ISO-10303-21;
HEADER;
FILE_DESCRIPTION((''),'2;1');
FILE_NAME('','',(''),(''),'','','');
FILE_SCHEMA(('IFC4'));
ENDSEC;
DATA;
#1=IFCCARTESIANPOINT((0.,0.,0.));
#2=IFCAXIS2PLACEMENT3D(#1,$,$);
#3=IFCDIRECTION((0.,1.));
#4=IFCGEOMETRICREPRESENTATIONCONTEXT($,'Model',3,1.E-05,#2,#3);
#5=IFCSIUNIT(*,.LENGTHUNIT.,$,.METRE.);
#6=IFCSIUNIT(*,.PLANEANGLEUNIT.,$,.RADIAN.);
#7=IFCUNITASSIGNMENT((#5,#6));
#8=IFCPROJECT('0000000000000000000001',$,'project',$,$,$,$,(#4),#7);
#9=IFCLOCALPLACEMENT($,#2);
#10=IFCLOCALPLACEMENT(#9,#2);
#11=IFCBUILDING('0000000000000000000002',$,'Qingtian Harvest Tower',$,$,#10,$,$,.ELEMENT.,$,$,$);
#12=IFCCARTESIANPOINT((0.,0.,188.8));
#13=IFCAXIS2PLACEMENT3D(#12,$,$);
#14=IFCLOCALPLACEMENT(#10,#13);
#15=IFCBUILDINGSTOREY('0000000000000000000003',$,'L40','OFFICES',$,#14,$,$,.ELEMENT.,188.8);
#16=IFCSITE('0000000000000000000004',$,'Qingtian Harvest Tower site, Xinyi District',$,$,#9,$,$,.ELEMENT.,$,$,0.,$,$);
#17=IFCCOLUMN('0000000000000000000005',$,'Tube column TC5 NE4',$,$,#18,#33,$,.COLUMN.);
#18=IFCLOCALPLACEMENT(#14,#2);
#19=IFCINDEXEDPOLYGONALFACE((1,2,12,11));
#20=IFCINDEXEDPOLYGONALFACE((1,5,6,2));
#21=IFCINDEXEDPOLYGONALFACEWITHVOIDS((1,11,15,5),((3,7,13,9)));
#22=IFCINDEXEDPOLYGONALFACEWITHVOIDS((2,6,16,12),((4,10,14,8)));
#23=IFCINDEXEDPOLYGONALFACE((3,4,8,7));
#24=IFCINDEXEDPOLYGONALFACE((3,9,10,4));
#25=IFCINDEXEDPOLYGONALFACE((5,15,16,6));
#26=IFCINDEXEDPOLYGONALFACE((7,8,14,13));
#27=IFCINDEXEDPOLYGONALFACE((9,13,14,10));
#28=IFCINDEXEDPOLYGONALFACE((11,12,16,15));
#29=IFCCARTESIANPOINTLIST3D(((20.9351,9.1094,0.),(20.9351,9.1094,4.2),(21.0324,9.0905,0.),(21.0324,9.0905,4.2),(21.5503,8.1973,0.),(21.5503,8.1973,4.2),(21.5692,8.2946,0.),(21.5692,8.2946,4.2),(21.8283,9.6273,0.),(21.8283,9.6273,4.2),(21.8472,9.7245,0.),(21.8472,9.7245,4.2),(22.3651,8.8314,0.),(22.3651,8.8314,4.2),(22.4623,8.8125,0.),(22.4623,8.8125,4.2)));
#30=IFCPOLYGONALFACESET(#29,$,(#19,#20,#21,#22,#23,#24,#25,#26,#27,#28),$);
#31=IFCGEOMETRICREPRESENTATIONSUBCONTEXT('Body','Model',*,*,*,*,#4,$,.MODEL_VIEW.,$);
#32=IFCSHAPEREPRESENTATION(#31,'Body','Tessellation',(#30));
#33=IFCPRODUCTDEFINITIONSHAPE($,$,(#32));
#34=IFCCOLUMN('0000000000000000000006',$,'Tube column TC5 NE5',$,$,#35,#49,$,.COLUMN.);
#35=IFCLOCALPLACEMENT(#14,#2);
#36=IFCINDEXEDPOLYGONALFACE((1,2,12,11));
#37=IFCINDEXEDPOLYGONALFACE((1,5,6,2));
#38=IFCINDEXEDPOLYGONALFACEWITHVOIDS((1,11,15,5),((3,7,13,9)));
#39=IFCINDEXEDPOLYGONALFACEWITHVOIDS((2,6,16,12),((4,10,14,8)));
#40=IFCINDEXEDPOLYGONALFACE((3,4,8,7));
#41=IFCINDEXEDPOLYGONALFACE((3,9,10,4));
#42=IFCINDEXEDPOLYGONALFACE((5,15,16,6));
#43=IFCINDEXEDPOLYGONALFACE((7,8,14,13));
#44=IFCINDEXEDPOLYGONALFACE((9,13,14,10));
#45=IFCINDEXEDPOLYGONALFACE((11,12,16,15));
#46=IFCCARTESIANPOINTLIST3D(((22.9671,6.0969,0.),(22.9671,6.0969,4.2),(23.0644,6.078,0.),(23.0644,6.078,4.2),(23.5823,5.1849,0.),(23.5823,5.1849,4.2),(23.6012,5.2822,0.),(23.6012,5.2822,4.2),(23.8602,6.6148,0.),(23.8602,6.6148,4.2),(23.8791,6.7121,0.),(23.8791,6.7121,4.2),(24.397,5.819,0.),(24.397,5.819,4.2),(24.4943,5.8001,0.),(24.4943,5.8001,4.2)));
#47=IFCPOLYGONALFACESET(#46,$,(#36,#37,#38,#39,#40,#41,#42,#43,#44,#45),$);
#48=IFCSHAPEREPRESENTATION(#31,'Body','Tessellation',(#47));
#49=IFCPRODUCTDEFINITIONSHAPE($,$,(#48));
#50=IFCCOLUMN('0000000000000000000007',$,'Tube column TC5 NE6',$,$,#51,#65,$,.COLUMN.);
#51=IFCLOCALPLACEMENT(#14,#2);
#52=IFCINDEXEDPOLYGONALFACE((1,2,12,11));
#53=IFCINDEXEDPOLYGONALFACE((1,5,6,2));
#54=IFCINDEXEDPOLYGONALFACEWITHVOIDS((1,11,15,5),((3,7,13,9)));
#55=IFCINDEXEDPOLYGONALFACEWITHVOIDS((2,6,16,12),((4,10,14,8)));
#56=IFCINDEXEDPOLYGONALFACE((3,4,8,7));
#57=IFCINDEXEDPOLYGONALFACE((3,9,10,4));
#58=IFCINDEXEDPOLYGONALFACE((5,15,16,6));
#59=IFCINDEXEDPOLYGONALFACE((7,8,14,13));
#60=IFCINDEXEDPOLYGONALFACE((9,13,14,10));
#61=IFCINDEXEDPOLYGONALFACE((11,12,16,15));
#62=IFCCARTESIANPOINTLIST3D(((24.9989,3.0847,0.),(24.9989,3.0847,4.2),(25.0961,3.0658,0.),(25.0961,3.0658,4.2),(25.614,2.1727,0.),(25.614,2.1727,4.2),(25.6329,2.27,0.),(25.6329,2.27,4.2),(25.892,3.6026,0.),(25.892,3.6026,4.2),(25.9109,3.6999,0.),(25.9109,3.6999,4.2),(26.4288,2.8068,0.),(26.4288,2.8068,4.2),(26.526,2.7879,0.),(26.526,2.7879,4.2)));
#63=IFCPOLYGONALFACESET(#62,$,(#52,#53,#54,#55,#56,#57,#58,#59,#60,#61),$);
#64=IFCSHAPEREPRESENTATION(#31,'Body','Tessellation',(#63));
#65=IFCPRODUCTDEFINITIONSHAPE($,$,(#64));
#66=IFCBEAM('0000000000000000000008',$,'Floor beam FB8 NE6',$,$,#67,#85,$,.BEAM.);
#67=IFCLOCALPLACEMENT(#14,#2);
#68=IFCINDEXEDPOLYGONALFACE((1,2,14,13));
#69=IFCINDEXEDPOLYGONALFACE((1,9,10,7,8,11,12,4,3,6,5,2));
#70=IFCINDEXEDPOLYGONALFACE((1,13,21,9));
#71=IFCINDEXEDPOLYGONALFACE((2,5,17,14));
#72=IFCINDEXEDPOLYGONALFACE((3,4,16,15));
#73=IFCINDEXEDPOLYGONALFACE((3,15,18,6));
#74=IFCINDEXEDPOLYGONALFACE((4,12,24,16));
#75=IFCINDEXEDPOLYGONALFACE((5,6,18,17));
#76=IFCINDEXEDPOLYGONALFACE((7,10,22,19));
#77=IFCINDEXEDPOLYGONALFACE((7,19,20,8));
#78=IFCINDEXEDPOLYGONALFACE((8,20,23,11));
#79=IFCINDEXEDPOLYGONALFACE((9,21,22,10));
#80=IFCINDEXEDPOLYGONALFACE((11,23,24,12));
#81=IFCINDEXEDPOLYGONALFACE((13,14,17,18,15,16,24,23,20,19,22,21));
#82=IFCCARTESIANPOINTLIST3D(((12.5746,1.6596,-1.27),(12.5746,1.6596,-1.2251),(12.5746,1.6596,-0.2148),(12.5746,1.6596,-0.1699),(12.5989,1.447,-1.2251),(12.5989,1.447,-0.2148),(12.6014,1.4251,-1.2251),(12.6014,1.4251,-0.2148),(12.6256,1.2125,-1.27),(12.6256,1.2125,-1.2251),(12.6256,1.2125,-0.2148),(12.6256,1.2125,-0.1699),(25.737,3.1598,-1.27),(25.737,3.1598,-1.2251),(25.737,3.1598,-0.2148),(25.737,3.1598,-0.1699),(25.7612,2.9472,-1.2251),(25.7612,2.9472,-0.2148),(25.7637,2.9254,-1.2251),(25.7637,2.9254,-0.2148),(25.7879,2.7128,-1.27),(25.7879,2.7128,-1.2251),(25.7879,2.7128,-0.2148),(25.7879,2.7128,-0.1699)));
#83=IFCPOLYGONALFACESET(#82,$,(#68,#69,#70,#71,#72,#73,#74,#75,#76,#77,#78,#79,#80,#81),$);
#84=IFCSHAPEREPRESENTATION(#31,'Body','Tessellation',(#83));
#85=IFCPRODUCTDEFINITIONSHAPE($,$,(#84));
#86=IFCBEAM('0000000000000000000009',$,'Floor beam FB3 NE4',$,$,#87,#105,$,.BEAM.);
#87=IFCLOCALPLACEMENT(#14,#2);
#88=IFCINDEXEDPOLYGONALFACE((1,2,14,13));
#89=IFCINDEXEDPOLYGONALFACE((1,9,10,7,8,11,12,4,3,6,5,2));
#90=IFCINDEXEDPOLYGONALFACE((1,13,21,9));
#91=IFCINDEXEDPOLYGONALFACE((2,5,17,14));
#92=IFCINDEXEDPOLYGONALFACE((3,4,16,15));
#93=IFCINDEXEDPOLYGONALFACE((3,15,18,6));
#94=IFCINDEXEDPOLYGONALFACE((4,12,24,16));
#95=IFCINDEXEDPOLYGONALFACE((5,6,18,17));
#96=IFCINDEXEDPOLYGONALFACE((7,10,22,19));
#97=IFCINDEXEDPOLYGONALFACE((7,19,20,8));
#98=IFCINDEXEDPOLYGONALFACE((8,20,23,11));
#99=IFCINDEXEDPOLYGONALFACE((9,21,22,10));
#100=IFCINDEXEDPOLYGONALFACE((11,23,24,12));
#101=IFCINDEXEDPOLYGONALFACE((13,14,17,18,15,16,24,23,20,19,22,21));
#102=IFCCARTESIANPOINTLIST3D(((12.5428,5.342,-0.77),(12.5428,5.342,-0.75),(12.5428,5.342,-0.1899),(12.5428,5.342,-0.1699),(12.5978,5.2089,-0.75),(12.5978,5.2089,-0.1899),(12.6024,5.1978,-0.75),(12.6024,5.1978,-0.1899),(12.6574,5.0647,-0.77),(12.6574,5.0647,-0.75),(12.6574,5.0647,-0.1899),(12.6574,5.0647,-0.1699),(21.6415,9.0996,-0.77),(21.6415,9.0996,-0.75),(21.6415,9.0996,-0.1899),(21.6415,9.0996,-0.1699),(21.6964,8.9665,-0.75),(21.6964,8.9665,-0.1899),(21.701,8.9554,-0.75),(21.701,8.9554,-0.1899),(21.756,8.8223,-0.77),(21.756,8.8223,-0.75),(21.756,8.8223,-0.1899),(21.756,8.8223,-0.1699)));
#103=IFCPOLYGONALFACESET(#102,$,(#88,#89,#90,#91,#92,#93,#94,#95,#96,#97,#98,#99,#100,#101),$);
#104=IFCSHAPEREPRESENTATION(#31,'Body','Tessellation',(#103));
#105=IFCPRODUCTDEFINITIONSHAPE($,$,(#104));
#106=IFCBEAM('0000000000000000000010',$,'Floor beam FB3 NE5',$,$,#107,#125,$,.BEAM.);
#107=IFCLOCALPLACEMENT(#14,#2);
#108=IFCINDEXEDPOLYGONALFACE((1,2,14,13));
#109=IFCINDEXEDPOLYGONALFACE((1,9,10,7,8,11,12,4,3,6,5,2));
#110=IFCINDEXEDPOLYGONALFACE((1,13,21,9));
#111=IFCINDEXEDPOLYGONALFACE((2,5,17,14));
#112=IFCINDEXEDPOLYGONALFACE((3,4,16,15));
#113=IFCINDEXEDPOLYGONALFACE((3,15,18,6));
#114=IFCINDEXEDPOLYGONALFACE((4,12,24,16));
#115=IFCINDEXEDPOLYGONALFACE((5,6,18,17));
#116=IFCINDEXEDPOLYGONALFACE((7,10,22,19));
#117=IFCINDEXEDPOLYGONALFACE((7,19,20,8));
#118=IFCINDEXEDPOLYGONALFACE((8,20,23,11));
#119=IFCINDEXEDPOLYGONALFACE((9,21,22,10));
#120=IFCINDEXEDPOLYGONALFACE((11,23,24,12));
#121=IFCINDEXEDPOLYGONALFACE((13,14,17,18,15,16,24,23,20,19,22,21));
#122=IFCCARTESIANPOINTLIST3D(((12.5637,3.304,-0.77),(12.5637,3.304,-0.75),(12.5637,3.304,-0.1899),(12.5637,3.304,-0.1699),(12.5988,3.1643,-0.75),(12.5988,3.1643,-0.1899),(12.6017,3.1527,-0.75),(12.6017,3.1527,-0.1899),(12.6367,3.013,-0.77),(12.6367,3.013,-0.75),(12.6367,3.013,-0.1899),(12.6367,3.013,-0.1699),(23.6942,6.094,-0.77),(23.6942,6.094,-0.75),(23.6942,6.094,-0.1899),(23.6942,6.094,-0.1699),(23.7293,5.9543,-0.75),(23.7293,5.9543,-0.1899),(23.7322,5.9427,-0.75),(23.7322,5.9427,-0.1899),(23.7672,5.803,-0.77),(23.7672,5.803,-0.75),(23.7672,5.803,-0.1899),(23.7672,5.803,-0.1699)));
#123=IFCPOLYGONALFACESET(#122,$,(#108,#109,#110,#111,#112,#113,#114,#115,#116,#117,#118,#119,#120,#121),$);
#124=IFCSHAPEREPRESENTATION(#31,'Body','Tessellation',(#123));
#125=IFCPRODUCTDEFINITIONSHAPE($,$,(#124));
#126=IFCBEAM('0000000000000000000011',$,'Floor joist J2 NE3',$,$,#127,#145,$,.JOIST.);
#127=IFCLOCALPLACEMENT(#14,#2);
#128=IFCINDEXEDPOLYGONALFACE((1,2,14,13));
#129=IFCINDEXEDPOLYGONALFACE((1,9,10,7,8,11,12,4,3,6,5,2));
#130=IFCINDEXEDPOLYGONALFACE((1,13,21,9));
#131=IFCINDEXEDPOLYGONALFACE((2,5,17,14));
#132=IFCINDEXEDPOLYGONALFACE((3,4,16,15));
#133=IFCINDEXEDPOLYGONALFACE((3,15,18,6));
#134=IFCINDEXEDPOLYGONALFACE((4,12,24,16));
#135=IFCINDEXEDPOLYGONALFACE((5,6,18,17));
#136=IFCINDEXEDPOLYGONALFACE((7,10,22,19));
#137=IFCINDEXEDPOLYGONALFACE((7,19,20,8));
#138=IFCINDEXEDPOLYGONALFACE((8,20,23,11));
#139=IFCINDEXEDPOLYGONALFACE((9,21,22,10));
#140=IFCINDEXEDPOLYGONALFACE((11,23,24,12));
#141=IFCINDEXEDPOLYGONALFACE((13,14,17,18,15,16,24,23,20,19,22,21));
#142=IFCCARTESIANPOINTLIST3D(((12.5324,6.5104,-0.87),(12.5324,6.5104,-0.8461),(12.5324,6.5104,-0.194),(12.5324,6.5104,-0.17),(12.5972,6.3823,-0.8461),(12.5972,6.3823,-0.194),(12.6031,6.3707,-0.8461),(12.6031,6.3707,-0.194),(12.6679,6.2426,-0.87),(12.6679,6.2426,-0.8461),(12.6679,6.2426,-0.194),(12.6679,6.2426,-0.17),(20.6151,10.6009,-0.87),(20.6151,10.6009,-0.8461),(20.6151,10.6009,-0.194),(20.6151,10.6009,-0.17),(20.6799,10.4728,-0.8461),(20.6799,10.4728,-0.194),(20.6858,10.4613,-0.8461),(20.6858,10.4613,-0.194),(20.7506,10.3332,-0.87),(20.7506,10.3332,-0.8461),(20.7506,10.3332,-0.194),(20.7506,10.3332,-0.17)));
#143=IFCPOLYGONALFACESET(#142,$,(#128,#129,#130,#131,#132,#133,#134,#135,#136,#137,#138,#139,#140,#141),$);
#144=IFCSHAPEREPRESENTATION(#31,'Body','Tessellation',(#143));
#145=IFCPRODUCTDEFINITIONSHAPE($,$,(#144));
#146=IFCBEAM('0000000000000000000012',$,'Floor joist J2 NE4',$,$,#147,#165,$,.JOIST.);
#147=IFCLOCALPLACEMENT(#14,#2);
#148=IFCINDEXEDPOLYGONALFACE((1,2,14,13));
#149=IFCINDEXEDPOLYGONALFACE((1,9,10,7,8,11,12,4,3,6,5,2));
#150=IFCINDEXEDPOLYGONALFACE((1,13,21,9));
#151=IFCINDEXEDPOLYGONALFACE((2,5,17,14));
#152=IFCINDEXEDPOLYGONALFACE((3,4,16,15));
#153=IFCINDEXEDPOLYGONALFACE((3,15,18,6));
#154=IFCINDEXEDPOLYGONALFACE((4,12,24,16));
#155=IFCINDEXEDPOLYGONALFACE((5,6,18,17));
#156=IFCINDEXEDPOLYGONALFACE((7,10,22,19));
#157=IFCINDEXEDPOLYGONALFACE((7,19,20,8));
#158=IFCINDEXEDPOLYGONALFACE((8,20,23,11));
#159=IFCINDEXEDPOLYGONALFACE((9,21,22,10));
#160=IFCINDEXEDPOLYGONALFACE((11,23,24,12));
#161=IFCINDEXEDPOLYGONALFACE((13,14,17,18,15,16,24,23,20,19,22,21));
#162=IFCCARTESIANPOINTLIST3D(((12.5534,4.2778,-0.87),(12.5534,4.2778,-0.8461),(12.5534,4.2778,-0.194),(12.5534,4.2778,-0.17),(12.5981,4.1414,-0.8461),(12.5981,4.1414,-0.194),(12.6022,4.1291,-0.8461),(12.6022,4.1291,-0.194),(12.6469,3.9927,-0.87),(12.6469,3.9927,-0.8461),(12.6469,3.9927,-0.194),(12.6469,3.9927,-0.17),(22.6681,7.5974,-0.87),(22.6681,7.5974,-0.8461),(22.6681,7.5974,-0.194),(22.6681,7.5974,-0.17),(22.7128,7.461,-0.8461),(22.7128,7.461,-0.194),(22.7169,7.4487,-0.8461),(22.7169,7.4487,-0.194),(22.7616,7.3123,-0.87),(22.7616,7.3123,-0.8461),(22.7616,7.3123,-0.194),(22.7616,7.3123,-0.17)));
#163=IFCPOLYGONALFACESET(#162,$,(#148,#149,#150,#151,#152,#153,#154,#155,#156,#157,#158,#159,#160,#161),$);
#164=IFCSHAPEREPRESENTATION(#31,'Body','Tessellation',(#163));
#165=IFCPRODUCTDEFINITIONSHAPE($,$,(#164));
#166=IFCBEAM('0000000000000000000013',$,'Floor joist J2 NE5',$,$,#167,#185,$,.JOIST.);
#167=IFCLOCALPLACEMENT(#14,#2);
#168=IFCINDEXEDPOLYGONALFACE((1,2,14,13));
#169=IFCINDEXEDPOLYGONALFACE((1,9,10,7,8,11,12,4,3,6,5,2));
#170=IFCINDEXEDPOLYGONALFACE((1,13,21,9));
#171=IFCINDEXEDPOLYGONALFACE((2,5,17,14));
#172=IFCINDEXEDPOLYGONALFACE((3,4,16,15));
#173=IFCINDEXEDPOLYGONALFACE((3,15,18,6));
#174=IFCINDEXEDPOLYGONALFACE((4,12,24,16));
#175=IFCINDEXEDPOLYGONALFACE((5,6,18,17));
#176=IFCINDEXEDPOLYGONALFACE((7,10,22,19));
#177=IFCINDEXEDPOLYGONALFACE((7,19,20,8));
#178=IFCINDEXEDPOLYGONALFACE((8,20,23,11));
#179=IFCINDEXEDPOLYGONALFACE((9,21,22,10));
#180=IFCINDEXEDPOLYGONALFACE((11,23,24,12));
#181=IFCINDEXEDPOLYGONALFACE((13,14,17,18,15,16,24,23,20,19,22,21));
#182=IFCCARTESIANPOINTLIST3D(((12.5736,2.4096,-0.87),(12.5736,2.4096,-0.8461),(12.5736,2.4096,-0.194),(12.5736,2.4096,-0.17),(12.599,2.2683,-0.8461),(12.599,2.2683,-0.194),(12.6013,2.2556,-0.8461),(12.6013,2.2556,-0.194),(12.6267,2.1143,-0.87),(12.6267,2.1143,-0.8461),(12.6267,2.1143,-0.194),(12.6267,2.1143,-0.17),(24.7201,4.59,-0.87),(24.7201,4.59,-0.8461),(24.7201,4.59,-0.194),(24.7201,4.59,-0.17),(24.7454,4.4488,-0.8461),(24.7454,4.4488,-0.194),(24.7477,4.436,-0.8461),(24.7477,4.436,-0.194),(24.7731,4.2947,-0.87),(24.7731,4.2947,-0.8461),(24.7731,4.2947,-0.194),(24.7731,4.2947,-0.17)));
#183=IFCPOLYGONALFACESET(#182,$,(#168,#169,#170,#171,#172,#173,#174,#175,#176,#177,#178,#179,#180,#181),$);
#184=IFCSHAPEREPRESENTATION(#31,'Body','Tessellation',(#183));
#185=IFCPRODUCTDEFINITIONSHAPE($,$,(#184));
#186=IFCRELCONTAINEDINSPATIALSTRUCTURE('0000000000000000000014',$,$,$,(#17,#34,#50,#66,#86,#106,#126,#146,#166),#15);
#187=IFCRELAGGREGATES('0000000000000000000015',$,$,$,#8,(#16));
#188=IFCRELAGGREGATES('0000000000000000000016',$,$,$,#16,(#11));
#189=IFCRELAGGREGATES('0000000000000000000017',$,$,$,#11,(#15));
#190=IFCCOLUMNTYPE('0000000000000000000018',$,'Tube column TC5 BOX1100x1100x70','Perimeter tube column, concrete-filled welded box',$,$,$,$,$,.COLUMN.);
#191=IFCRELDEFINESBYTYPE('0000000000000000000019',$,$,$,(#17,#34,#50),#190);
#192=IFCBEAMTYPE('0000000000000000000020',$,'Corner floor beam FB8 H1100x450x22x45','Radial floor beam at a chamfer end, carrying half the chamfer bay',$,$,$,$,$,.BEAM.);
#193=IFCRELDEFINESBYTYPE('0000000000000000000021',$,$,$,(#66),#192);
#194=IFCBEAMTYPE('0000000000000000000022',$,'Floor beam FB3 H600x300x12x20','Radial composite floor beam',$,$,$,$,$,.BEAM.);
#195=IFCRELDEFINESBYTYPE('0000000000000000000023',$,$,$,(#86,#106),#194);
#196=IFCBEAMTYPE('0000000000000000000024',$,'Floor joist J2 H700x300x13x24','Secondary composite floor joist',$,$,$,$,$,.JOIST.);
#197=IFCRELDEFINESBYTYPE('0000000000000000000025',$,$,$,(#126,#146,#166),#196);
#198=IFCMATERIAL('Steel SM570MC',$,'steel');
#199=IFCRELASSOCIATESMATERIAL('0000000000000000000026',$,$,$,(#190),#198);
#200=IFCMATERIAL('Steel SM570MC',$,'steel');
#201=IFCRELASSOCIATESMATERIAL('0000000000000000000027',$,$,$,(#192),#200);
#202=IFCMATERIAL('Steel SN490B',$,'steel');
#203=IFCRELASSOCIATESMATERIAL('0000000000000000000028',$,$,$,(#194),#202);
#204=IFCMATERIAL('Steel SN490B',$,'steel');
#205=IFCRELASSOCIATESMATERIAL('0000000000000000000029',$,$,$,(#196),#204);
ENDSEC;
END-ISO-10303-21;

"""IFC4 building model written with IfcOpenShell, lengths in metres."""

from ifc_helpers import new_model, si_unit, direction, frame, origin, origin_2d, place, context, subcontext, project, spatial, hollow_rectangle, i_section, extrude, material, material_profile, profile_set, type_object, element, save


model = new_model("IFC4")

# Units and contexts
model_context = context("Model", 3, precision=1e-05, world=origin(), true_north=direction((0.0, 1.0)))
body_context = subcontext(model_context, "Body", "Model", "MODEL_VIEW")
ifc_project = project(units=[si_unit("LENGTHUNIT", "METRE"), si_unit("PLANEANGLEUNIT", "RADIAN")], contexts=[model_context])

# Site, building, storey
site_placement = place(None, origin())
site = spatial("IfcSite", under=ifc_project, at=site_placement, Name="Qingtian Harvest Tower site, Xinyi District", CompositionType="ELEMENT", RefElevation=0.0)
building_placement = place(site_placement, origin())
building = spatial("IfcBuilding", under=site, at=building_placement, Name="Qingtian Harvest Tower", CompositionType="ELEMENT")
storey_placement = place(building_placement, frame((0.0, 0.0, 188.8)))
storey = spatial("IfcBuildingStorey", under=building, at=storey_placement, Name="L40", Description="OFFICES", CompositionType="ELEMENT", Elevation=188.8)

# Columns
ifc_material_1 = material(Name="Steel SM570MC", Category="steel")
ifc_material_profile_1 = material_profile(ifc_material_1, hollow_rectangle(XDim=1.1001, YDim=1.1001, WallThickness=0.0701, at=origin_2d()), Name="BOX1100x1100x70")
ifc_profile_set_1 = profile_set([ifc_material_profile_1], Name="Steel SM570MC")
column_type = type_object("IfcColumnType", Name="Tube column TC5 BOX1100x1100x70", Description="Perimeter tube column, concrete-filled welded box", PredefinedType="COLUMN", material=ifc_profile_set_1)
for number, where, z_axis, x_axis, name in (
    (1, (21.6987, 8.9609, 0.0), (0.0, 0.0, 1.0), (-0.559193, 0.829038, 0.0), "Tube column TC5 NE4"),
    (2, (23.7307, 5.9485, 0.0), (0.0, 0.0, 1.0), (-0.559193, 0.829038, 0.0), "Tube column TC5 NE5"),
    (3, (25.7625, 2.9363, 0.0), (0.0, 0.0, 1.0), (-0.559193, 0.829038, 0.0), "Tube column TC5 NE6"),
):
    element("IfcColumn", number, at=place(storey_placement, frame(where, z_axis=z_axis, x_axis=x_axis)), inside=storey, type_object=column_type, Name=name, PredefinedType="COLUMN", context=body_context, shape_type="SweptSolid", body=[
        extrude(hollow_rectangle(XDim=1.1001, YDim=1.1001, WallThickness=0.0701, at=origin_2d()), origin(), (0.0, 0.0, 1.0), 4.2),
    ])

# Beams
ifc_material_2 = material(Name="Steel SM570MC", Category="steel")
ifc_material_profile_2 = material_profile(ifc_material_2, i_section(OverallWidth=0.45, OverallDepth=1.1001, WebThickness=0.022, FlangeThickness=0.0449, at=origin_2d()), Name="H1100x450x22x45")
ifc_profile_set_2 = profile_set([ifc_material_profile_2], Name="Steel SM570MC")
beam_type_1 = type_object("IfcBeamType", Name="Corner floor beam FB8 H1100x450x22x45", Description="Radial floor beam at a chamfer end, carrying half the chamfer bay", PredefinedType="BEAM", material=ifc_profile_set_2)
beam_1_placement = place(storey_placement, frame((25.7625, 2.9363, -0.72), z_axis=(-0.993567, -0.113247, 0.0), x_axis=(0.113247, -0.993567, 0.0)))
element("IfcBeam", 4, at=beam_1_placement, inside=storey, type_object=beam_type_1, Name="Floor beam FB8 NE6", PredefinedType="BEAM", context=body_context, shape_type="SweptSolid", body=[
    extrude(i_section(OverallWidth=0.45, OverallDepth=1.1001, WebThickness=0.022, FlangeThickness=0.0449, at=origin_2d()), origin(), (0.0, 0.0, 1.0), 13.2476),
])
ifc_material_3 = material(Name="Steel SN490B", Category="steel")
ifc_material_profile_3 = material_profile(ifc_material_3, i_section(OverallWidth=0.3, OverallDepth=0.6001, WebThickness=0.012, FlangeThickness=0.02, at=origin_2d()), Name="H600x300x12x20")
ifc_profile_set_3 = profile_set([ifc_material_profile_3], Name="Steel SN490B")
beam_type_2 = type_object("IfcBeamType", Name="Floor beam FB3 H600x300x12x20", Description="Radial composite floor beam", PredefinedType="BEAM", material=ifc_profile_set_3)
beam_2_placement = place(storey_placement, frame((21.6987, 8.9609, -0.47), z_axis=(-0.924282, -0.381711, 0.0), x_axis=(0.381711, -0.924282, 0.0)))
element("IfcBeam", 5, at=beam_2_placement, inside=storey, type_object=beam_type_2, Name="Floor beam FB3 NE4", PredefinedType="BEAM", context=body_context, shape_type="SweptSolid", body=[
    extrude(i_section(OverallWidth=0.3, OverallDepth=0.6001, WebThickness=0.012, FlangeThickness=0.02, at=origin_2d()), origin(), (0.0, 0.0, 1.0), 9.844),
])
beam_3_placement = place(storey_placement, frame((23.7307, 5.9485, -0.47), z_axis=(-0.969991, -0.243141, 0.0), x_axis=(0.243141, -0.969991, 0.0)))
element("IfcBeam", 6, at=beam_3_placement, inside=storey, type_object=beam_type_2, Name="Floor beam FB3 NE5", PredefinedType="BEAM", context=body_context, shape_type="SweptSolid", body=[
    extrude(i_section(OverallWidth=0.3, OverallDepth=0.6001, WebThickness=0.012, FlangeThickness=0.02, at=origin_2d()), origin(), (0.0, 0.0, 1.0), 11.4749),
])
ifc_material_4 = material(Name="Steel SN490B", Category="steel")
ifc_material_profile_4 = material_profile(ifc_material_4, i_section(OverallWidth=0.3, OverallDepth=0.7, WebThickness=0.0129, FlangeThickness=0.0239, at=origin_2d()), Name="H700x300x13x24")
ifc_profile_set_4 = profile_set([ifc_material_profile_4], Name="Steel SN490B")
beam_type_3 = type_object("IfcBeamType", Name="Floor joist J2 H700x300x13x24", Description="Secondary composite floor joist", PredefinedType="JOIST", material=ifc_profile_set_4)
beam_4_placement = place(storey_placement, frame((20.6829, 10.467, -0.52), z_axis=(-0.892244, -0.451553, 0.0), x_axis=(0.451553, -0.892244, 0.0)))
element("IfcBeam", 7, at=beam_4_placement, inside=storey, type_object=beam_type_3, Name="Floor joist J2 NE3", PredefinedType="JOIST", context=body_context, shape_type="SweptSolid", body=[
    extrude(i_section(OverallWidth=0.3, OverallDepth=0.7, WebThickness=0.0129, FlangeThickness=0.0239, at=origin_2d()), origin(), (0.0, 0.0, 1.0), 9.0588),
])
beam_5_placement = place(storey_placement, frame((22.7148, 7.4548, -0.52), z_axis=(-0.950139, -0.311828, 0.0), x_axis=(0.311828, -0.950139, 0.0)))
element("IfcBeam", 8, at=beam_5_placement, inside=storey, type_object=beam_type_3, Name="Floor joist J2 NE4", PredefinedType="JOIST", context=body_context, shape_type="SweptSolid", body=[
    extrude(i_section(OverallWidth=0.3, OverallDepth=0.7, WebThickness=0.0129, FlangeThickness=0.0239, at=origin_2d()), origin(), (0.0, 0.0, 1.0), 10.6455),
])
beam_6_placement = place(storey_placement, frame((24.7466, 4.4424, -0.52), z_axis=(-0.984267, -0.176686, 0.0), x_axis=(0.176686, -0.984267, 0.0)))
element("IfcBeam", 9, at=beam_6_placement, inside=storey, type_object=beam_type_3, Name="Floor joist J2 NE5", PredefinedType="JOIST", context=body_context, shape_type="SweptSolid", body=[
    extrude(i_section(OverallWidth=0.3, OverallDepth=0.7, WebThickness=0.0129, FlangeThickness=0.0239, at=origin_2d()), origin(), (0.0, 0.0, 1.0), 12.3406),
])

save(model, "model.ifc")
